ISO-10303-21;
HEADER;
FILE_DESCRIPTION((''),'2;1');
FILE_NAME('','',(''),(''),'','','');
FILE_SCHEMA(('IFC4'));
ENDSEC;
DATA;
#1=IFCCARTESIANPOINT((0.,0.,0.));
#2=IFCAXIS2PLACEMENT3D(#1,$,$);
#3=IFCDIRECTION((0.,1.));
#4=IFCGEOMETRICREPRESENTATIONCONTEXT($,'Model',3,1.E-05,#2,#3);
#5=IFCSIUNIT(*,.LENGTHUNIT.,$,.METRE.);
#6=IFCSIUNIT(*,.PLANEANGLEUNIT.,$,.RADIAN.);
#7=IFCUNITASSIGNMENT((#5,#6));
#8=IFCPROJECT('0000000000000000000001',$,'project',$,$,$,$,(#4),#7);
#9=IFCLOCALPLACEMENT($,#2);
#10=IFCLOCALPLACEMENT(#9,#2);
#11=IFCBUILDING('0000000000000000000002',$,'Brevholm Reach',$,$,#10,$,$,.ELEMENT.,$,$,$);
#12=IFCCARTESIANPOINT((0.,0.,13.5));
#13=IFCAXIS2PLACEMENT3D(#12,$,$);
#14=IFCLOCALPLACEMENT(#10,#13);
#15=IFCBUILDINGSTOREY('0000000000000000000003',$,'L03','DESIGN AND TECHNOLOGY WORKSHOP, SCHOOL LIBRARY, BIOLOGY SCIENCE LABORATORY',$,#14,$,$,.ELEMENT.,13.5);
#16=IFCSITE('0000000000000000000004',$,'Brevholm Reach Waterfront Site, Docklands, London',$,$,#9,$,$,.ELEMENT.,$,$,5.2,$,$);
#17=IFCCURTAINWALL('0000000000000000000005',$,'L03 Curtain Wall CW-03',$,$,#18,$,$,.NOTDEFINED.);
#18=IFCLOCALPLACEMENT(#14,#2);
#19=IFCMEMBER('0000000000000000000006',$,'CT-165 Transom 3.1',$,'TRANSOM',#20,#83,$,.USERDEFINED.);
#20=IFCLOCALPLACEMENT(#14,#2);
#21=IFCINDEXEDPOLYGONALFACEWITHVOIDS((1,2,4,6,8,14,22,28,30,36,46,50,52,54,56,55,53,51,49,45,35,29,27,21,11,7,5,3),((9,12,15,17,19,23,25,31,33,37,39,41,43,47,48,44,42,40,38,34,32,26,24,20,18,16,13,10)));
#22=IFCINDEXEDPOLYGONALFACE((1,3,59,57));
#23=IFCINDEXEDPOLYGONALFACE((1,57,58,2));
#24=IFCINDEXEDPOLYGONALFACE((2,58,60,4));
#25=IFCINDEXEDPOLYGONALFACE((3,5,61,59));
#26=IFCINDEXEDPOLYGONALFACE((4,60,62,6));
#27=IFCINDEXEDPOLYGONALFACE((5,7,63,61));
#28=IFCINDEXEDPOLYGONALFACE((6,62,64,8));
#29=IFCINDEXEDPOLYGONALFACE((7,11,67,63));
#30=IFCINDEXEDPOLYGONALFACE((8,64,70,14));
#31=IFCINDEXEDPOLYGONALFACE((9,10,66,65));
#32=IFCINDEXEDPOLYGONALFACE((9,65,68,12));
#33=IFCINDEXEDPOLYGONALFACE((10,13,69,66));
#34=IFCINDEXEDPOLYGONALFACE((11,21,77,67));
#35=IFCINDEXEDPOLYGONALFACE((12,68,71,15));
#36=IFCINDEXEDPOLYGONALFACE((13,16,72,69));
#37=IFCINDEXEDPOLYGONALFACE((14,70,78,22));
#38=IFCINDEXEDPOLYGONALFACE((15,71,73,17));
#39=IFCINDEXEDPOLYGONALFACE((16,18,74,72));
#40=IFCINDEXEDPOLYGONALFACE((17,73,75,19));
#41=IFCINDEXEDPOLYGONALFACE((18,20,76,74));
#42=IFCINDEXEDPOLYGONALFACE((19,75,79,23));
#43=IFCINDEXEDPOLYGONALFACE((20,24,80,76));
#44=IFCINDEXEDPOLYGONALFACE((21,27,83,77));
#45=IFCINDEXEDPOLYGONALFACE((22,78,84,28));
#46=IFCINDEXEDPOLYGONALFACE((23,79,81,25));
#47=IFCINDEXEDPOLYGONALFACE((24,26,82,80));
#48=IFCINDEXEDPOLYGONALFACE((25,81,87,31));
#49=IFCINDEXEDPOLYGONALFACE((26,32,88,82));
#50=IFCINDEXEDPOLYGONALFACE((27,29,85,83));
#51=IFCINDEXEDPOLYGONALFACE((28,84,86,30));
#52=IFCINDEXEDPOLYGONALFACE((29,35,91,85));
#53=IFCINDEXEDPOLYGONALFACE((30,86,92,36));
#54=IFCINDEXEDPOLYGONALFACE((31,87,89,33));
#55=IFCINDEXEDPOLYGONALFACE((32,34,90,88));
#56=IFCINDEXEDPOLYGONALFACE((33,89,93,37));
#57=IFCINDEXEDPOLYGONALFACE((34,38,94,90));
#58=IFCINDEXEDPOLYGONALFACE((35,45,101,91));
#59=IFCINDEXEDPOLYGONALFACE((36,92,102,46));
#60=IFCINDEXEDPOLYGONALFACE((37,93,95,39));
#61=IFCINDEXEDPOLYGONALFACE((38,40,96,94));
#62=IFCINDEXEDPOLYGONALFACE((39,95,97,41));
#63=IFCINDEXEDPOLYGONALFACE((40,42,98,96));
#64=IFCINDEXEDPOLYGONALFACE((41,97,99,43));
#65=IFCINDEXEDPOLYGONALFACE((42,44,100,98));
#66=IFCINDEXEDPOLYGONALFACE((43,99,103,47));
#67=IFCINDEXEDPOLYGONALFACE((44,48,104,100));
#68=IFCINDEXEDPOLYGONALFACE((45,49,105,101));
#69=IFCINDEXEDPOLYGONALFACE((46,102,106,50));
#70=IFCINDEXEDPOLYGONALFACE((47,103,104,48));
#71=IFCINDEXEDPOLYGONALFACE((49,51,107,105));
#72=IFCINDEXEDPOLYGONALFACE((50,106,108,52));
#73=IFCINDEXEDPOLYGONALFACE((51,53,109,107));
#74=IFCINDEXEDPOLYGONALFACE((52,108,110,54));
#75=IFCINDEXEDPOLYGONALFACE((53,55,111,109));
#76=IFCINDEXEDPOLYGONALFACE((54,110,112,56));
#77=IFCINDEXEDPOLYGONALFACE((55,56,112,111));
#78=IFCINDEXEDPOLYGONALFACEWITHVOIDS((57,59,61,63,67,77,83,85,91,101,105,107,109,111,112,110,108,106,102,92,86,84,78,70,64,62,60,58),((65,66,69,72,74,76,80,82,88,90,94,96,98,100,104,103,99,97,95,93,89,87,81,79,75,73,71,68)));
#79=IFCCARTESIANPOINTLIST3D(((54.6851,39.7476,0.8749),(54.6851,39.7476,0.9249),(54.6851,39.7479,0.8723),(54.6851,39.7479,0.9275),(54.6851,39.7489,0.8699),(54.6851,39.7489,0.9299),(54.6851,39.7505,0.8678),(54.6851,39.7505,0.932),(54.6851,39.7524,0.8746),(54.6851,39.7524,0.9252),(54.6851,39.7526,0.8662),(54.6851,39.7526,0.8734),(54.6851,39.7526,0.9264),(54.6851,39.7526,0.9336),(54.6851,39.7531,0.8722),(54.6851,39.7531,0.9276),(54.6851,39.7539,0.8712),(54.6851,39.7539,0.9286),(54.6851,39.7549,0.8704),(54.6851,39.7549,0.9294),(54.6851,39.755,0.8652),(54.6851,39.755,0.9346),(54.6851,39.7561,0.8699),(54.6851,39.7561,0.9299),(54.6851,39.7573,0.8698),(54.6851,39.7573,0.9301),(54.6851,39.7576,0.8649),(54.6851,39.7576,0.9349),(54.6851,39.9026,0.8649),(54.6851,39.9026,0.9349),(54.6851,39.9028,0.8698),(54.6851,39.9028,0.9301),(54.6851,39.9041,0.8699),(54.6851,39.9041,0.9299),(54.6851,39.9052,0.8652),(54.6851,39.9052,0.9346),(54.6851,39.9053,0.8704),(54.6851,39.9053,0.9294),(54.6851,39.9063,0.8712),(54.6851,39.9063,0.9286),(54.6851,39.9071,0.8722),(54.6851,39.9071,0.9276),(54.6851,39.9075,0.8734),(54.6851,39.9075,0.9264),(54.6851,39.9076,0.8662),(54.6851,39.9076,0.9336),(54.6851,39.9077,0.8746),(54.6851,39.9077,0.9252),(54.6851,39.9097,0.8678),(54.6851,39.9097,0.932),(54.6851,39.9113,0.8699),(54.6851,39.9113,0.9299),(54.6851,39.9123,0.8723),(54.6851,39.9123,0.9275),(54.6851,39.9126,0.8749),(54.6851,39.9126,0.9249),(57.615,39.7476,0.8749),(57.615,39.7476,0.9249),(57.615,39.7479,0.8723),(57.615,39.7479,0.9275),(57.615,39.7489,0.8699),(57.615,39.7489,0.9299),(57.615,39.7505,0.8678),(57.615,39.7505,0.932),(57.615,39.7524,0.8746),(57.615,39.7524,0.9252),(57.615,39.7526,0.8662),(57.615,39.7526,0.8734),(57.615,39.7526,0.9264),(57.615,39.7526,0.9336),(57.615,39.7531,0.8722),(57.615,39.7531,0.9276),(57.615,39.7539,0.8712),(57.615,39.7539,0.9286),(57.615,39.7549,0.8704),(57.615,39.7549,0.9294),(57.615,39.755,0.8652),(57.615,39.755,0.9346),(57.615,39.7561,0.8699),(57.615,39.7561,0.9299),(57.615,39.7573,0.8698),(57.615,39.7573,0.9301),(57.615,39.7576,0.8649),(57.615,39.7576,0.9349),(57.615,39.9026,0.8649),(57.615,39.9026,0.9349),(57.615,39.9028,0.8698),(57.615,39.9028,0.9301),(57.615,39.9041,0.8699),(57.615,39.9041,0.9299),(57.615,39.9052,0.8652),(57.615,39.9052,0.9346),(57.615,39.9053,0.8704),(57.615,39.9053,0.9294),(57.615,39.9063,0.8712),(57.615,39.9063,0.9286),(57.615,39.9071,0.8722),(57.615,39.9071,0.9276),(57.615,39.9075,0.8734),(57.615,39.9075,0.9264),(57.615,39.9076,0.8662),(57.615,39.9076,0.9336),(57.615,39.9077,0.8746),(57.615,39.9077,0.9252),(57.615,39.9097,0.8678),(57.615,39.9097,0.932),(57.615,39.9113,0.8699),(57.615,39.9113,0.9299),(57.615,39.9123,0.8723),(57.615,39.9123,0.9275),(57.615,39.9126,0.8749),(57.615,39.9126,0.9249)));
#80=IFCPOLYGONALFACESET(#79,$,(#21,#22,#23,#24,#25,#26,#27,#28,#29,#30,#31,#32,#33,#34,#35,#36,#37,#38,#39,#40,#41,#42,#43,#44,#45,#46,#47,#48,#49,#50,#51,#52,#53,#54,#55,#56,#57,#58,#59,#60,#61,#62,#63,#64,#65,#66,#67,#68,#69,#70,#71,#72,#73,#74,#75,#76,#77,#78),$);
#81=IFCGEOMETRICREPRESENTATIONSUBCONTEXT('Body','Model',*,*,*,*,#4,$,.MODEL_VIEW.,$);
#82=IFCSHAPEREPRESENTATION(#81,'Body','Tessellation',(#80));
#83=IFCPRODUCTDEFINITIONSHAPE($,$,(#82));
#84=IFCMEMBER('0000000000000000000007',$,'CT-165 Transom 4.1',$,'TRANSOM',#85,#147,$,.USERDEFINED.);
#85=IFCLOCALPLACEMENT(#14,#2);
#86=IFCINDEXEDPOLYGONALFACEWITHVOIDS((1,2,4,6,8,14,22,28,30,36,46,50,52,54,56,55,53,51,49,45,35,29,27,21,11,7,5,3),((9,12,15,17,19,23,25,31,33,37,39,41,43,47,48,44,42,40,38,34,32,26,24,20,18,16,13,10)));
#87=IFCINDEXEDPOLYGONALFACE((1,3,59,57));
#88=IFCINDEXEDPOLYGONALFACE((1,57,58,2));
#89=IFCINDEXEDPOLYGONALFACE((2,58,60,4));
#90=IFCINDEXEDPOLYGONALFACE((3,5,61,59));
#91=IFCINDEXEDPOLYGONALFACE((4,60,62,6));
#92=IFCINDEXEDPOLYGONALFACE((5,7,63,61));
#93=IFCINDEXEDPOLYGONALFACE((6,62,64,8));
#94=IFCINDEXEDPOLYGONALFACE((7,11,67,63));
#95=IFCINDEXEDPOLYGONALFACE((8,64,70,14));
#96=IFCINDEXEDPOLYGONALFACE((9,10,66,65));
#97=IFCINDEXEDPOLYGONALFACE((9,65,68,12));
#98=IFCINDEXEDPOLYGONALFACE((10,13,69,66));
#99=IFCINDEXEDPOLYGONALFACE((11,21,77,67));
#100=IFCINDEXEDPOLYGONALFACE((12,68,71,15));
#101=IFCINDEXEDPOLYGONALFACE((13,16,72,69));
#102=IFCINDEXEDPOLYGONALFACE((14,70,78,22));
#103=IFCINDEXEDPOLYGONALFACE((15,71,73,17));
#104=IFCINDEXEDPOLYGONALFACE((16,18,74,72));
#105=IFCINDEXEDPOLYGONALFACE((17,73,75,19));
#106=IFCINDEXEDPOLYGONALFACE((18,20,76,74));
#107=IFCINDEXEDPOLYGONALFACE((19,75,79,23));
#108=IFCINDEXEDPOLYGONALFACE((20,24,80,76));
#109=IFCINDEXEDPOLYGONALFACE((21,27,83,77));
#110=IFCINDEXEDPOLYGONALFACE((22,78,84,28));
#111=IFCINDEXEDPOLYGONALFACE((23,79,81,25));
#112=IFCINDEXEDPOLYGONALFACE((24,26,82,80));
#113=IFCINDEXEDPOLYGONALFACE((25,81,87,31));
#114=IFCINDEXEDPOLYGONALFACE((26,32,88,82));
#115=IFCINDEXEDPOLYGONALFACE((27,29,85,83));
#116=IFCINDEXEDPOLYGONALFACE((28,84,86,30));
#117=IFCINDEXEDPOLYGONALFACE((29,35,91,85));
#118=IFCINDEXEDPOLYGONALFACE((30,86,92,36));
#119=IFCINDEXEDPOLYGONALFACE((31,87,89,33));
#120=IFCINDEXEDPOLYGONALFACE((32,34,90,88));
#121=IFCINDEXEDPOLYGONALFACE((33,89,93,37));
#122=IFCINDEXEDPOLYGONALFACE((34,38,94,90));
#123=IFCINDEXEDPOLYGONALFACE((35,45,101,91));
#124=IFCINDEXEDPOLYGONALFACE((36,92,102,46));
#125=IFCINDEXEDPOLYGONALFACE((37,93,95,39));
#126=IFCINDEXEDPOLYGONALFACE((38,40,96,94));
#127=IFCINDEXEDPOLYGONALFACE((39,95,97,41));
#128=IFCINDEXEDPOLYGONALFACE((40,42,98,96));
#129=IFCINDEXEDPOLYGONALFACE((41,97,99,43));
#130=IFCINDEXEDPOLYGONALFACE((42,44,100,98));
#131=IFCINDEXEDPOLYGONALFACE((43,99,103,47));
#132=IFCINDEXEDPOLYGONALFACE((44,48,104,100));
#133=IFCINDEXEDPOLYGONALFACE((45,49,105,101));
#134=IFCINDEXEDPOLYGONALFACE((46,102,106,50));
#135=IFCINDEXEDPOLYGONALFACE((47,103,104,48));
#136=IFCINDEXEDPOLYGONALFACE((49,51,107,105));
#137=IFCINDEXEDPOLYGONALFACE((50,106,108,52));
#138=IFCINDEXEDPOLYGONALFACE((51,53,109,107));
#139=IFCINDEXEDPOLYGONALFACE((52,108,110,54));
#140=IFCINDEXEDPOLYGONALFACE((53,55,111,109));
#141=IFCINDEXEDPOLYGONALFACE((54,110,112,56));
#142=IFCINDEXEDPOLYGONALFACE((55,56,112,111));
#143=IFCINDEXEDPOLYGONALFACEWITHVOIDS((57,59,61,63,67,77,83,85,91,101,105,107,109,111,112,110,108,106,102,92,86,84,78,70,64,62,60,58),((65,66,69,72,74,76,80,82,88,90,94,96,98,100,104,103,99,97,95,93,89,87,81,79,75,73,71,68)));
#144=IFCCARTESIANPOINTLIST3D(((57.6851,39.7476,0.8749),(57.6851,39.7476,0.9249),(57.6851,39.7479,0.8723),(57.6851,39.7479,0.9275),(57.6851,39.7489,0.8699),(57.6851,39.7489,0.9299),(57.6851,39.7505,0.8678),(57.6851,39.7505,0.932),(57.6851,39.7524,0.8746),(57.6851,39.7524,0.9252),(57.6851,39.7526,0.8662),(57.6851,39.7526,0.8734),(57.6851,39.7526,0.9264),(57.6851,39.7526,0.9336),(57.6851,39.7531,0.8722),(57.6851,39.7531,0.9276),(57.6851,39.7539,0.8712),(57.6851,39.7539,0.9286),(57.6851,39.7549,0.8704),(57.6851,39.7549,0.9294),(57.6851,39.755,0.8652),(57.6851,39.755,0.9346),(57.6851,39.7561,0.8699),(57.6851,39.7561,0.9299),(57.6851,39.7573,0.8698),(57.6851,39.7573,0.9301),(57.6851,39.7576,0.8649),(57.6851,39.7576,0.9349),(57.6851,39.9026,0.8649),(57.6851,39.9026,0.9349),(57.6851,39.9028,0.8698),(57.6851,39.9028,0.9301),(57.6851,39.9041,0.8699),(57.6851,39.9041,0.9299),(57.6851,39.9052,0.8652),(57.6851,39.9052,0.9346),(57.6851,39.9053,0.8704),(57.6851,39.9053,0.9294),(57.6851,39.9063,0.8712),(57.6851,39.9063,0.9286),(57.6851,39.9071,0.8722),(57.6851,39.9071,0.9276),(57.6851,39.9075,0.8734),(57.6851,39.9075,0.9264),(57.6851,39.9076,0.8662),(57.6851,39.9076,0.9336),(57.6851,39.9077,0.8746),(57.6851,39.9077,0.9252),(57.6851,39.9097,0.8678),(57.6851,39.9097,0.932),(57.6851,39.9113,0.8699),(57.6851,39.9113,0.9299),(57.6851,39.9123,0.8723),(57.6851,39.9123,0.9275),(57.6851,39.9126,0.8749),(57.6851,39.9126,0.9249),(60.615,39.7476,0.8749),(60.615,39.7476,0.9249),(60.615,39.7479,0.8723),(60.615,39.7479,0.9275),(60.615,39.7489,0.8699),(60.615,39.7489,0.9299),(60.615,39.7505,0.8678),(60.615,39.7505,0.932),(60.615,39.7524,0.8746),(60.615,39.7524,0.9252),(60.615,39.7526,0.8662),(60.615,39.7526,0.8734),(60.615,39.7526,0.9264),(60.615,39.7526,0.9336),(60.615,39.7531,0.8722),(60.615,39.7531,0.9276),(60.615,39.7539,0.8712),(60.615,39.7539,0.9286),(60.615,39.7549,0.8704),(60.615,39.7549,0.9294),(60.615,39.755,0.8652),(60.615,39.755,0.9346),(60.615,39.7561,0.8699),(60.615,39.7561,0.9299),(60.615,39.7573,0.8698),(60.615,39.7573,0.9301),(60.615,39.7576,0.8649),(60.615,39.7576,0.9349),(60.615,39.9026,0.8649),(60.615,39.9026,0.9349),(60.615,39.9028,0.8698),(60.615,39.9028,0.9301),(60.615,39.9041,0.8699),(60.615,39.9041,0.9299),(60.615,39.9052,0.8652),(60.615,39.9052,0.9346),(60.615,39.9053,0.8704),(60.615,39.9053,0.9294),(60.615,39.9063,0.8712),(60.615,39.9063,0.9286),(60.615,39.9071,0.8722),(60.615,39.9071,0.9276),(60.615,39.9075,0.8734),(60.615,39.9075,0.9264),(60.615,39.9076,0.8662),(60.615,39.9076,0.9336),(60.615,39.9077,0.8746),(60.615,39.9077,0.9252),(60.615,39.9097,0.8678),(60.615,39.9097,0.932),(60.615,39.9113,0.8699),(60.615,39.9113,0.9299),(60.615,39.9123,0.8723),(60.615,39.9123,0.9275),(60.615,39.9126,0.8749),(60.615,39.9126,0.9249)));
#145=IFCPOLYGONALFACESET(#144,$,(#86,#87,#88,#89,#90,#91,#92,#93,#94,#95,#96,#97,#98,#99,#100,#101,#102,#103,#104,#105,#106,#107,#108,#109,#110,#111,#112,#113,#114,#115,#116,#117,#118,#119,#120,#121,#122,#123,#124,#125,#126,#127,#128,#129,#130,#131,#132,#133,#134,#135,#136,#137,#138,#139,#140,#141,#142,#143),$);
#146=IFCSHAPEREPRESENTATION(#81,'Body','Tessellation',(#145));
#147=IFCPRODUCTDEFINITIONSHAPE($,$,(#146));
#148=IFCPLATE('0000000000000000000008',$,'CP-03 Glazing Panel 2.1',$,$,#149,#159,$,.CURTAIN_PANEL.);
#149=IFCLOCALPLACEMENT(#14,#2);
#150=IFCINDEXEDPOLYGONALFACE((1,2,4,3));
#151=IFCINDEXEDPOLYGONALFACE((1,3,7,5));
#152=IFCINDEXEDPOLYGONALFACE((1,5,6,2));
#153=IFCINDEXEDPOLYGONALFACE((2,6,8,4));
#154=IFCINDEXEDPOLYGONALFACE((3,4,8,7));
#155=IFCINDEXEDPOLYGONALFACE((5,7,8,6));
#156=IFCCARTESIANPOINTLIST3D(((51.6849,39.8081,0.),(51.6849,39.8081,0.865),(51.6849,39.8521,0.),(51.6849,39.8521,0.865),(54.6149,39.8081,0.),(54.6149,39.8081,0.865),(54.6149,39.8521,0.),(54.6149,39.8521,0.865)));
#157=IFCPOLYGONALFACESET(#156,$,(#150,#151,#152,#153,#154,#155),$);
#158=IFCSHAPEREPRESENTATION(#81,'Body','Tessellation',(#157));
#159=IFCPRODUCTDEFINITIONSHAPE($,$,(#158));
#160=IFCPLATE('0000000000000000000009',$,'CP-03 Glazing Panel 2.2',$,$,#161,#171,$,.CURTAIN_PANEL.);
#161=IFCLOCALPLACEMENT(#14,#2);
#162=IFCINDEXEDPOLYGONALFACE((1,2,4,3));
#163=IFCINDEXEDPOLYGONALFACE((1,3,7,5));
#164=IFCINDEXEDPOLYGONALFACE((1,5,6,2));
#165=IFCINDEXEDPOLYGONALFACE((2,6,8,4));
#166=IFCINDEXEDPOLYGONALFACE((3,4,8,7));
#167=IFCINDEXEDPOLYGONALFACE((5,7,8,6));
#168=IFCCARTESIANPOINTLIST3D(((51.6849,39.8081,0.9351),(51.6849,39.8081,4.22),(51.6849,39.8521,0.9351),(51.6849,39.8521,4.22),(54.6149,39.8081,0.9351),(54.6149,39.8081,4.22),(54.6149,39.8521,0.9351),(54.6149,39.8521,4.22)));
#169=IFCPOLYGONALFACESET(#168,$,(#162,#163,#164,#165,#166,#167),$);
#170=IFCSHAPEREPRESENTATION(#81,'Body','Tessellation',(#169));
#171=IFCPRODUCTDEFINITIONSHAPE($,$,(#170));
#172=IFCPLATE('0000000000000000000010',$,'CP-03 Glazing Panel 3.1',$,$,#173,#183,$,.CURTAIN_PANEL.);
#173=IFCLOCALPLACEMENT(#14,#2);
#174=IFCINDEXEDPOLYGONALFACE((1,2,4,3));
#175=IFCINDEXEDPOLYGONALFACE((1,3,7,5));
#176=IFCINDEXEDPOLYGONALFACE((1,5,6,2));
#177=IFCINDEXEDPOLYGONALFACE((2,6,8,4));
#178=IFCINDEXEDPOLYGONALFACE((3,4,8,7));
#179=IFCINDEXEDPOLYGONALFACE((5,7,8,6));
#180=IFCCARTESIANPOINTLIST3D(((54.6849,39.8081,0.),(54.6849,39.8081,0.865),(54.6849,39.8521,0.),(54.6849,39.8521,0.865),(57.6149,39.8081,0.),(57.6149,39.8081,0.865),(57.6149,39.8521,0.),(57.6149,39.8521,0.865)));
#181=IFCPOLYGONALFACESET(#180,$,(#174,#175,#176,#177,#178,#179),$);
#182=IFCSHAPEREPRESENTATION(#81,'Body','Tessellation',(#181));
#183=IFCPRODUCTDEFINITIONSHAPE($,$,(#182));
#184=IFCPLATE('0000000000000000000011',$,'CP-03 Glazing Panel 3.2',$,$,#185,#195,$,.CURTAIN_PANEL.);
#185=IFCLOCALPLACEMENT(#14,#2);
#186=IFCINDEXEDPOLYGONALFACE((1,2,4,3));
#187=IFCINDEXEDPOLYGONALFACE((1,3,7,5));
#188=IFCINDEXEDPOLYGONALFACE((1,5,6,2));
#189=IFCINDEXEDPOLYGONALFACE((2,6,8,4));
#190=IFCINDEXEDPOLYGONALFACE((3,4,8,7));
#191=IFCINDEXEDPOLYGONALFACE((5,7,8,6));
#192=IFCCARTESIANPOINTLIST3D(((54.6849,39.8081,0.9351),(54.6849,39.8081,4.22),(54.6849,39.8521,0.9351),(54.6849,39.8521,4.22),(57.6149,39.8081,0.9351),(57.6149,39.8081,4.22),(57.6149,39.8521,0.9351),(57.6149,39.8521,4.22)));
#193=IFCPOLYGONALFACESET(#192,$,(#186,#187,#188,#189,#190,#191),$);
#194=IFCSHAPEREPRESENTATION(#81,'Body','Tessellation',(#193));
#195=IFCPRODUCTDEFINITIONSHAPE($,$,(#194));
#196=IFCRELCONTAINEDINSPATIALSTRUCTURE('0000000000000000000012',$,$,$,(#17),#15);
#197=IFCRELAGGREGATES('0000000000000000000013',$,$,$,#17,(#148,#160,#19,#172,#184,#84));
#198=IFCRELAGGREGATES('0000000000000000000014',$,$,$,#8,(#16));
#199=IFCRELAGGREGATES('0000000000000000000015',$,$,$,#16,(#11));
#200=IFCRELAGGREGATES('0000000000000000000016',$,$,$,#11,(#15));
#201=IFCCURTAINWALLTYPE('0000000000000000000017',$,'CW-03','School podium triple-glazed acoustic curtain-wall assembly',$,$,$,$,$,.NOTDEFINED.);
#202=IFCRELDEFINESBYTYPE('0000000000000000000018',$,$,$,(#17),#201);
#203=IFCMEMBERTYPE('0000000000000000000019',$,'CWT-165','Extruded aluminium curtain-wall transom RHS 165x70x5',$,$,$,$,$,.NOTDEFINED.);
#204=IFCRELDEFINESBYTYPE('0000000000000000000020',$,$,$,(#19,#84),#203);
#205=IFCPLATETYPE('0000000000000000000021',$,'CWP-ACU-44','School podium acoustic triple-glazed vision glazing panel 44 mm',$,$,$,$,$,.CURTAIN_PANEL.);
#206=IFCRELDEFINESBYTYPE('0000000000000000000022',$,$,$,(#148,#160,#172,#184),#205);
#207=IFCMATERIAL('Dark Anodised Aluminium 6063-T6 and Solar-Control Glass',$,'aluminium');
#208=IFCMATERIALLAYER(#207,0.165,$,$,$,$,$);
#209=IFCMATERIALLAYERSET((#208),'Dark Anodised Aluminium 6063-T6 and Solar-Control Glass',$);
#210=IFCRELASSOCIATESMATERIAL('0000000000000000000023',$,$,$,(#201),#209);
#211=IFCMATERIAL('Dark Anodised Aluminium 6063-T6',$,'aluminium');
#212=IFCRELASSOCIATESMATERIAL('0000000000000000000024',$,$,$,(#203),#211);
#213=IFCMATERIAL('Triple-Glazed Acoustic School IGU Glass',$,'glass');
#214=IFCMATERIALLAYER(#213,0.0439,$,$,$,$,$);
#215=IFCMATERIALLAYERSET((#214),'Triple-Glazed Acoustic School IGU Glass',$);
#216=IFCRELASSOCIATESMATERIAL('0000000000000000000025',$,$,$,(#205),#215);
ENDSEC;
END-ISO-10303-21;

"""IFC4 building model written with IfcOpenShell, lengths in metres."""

from ifc_helpers import new_model, si_unit, direction, frame, origin, origin_2d, place, context, subcontext, project, spatial, rectangle, hollow_rectangle, extrude, material, layer, layer_set, material_profile, profile_set, type_object, element, aggregate, save


model = new_model("IFC4")

# Units and contexts
model_context = context("Model", 3, precision=1e-05, world=origin(), true_north=direction((0.0, 1.0)))
body_context = subcontext(model_context, "Body", "Model", "MODEL_VIEW")
ifc_project = project(units=[si_unit("LENGTHUNIT", "METRE"), si_unit("PLANEANGLEUNIT", "RADIAN")], contexts=[model_context])

# Site, building, storey
site_placement = place(None, origin())
site = spatial("IfcSite", under=ifc_project, at=site_placement, Name="Brevholm Reach Waterfront Site, Docklands, London", CompositionType="ELEMENT", RefElevation=5.2)
building_placement = place(site_placement, origin())
building = spatial("IfcBuilding", under=site, at=building_placement, Name="Brevholm Reach", CompositionType="ELEMENT")
storey_placement = place(building_placement, frame((0.0, 0.0, 13.5)))
storey = spatial("IfcBuildingStorey", under=building, at=storey_placement, Name="L03", Description="DESIGN AND TECHNOLOGY WORKSHOP, SCHOOL LIBRARY, BIOLOGY SCIENCE LABORATORY", CompositionType="ELEMENT", Elevation=13.5)

# Curtain wall, members, plates
ifc_material_1 = material(Name="Dark Anodised Aluminium 6063-T6 and Solar-Control Glass", Category="aluminium")
ifc_layer_1 = layer(ifc_material_1, 0.165)
ifc_layer_set_1 = layer_set([ifc_layer_1], Name="Dark Anodised Aluminium 6063-T6 and Solar-Control Glass")
curtain_wall_type = type_object("IfcCurtainWallType", Name="CW-03", Description="School podium triple-glazed acoustic curtain-wall assembly", PredefinedType="NOTDEFINED", material=ifc_layer_set_1)
curtain_wall_placement = place(storey_placement, origin())
curtain_wall = element("IfcCurtainWall", 1, at=curtain_wall_placement, inside=storey, type_object=curtain_wall_type, Name="L03 Curtain Wall CW-03", PredefinedType="NOTDEFINED")
ifc_material_2 = material(Name="Dark Anodised Aluminium 6063-T6", Category="aluminium")
ifc_material_profile_1 = material_profile(ifc_material_2, hollow_rectangle(XDim=0.0701, YDim=0.165, WallThickness=0.0049, InnerFilletRadius=0.0049, OuterFilletRadius=0.01, at=origin_2d()), Name="RHS 165x70x5")
ifc_profile_set_1 = profile_set([ifc_material_profile_1], Name="Dark Anodised Aluminium 6063-T6")
member_type_1 = type_object("IfcMemberType", Name="CWT-165", Description="Extruded aluminium curtain-wall transom RHS 165x70x5", PredefinedType="NOTDEFINED", material=ifc_profile_set_1)
member_1_placement = place(storey_placement, frame((54.6851, 39.8301, 0.8999), z_axis=(1.0, 0.0, 0.0), x_axis=(0.0, 0.0, 1.0)))
member_1 = element("IfcMember", 2, at=member_1_placement, type_object=member_type_1, Name="CT-165 Transom 3.1", ObjectType="TRANSOM", PredefinedType="USERDEFINED", context=body_context, shape_type="SweptSolid", body=[
    extrude(hollow_rectangle(XDim=0.0701, YDim=0.165, WallThickness=0.0049, InnerFilletRadius=0.0049, OuterFilletRadius=0.01, at=origin_2d()), origin(), (0.0, 0.0, 1.0), 2.9299),
])
member_2_placement = place(storey_placement, frame((57.6851, 39.8301, 0.8999), z_axis=(1.0, 0.0, 0.0), x_axis=(0.0, 0.0, 1.0)))
member_2 = element("IfcMember", 3, at=member_2_placement, type_object=member_type_1, Name="CT-165 Transom 4.1", ObjectType="TRANSOM", PredefinedType="USERDEFINED", context=body_context, shape_type="SweptSolid", body=[
    extrude(hollow_rectangle(XDim=0.0701, YDim=0.165, WallThickness=0.0049, InnerFilletRadius=0.0049, OuterFilletRadius=0.01, at=origin_2d()), origin(), (0.0, 0.0, 1.0), 2.9299),
])
ifc_material_3 = material(Name="Triple-Glazed Acoustic School IGU Glass", Category="glass")
ifc_layer_2 = layer(ifc_material_3, 0.0439)
ifc_layer_set_2 = layer_set([ifc_layer_2], Name="Triple-Glazed Acoustic School IGU Glass")
plate_type = type_object("IfcPlateType", Name="CWP-ACU-44", Description="School podium acoustic triple-glazed vision glazing panel 44 mm", PredefinedType="CURTAIN_PANEL", material=ifc_layer_set_2)
plate_1_placement = place(storey_placement, frame((53.1499, 39.8301, 0.0), z_axis=(0.0, 0.0, 1.0), x_axis=(1.0, 0.0, 0.0)))
plate_1 = element("IfcPlate", 4, at=plate_1_placement, type_object=plate_type, Name="CP-03 Glazing Panel 2.1", PredefinedType="CURTAIN_PANEL", context=body_context, shape_type="SweptSolid", body=[
    extrude(rectangle(XDim=2.9299, YDim=0.0439, at=origin_2d()), origin(), (0.0, 0.0, 1.0), 0.865),
])
plate_2_placement = place(storey_placement, frame((53.1499, 39.8301, 0.9351), z_axis=(0.0, 0.0, 1.0), x_axis=(1.0, 0.0, 0.0)))
plate_2 = element("IfcPlate", 5, at=plate_2_placement, type_object=plate_type, Name="CP-03 Glazing Panel 2.2", PredefinedType="CURTAIN_PANEL", context=body_context, shape_type="SweptSolid", body=[
    extrude(rectangle(XDim=2.9299, YDim=0.0439, at=origin_2d()), origin(), (0.0, 0.0, 1.0), 3.2849),
])
plate_3_placement = place(storey_placement, frame((56.1499, 39.8301, 0.0), z_axis=(0.0, 0.0, 1.0), x_axis=(1.0, 0.0, 0.0)))
plate_3 = element("IfcPlate", 6, at=plate_3_placement, type_object=plate_type, Name="CP-03 Glazing Panel 3.1", PredefinedType="CURTAIN_PANEL", context=body_context, shape_type="SweptSolid", body=[
    extrude(rectangle(XDim=2.9299, YDim=0.0439, at=origin_2d()), origin(), (0.0, 0.0, 1.0), 0.865),
])
plate_4_placement = place(storey_placement, frame((56.1499, 39.8301, 0.9351), z_axis=(0.0, 0.0, 1.0), x_axis=(1.0, 0.0, 0.0)))
plate_4 = element("IfcPlate", 7, at=plate_4_placement, type_object=plate_type, Name="CP-03 Glazing Panel 3.2", PredefinedType="CURTAIN_PANEL", context=body_context, shape_type="SweptSolid", body=[
    extrude(rectangle(XDim=2.9299, YDim=0.0439, at=origin_2d()), origin(), (0.0, 0.0, 1.0), 3.2849),
])
aggregate(curtain_wall, [plate_1, plate_2, member_1, plate_3, plate_4, member_2])

save(model, "model.ifc")
